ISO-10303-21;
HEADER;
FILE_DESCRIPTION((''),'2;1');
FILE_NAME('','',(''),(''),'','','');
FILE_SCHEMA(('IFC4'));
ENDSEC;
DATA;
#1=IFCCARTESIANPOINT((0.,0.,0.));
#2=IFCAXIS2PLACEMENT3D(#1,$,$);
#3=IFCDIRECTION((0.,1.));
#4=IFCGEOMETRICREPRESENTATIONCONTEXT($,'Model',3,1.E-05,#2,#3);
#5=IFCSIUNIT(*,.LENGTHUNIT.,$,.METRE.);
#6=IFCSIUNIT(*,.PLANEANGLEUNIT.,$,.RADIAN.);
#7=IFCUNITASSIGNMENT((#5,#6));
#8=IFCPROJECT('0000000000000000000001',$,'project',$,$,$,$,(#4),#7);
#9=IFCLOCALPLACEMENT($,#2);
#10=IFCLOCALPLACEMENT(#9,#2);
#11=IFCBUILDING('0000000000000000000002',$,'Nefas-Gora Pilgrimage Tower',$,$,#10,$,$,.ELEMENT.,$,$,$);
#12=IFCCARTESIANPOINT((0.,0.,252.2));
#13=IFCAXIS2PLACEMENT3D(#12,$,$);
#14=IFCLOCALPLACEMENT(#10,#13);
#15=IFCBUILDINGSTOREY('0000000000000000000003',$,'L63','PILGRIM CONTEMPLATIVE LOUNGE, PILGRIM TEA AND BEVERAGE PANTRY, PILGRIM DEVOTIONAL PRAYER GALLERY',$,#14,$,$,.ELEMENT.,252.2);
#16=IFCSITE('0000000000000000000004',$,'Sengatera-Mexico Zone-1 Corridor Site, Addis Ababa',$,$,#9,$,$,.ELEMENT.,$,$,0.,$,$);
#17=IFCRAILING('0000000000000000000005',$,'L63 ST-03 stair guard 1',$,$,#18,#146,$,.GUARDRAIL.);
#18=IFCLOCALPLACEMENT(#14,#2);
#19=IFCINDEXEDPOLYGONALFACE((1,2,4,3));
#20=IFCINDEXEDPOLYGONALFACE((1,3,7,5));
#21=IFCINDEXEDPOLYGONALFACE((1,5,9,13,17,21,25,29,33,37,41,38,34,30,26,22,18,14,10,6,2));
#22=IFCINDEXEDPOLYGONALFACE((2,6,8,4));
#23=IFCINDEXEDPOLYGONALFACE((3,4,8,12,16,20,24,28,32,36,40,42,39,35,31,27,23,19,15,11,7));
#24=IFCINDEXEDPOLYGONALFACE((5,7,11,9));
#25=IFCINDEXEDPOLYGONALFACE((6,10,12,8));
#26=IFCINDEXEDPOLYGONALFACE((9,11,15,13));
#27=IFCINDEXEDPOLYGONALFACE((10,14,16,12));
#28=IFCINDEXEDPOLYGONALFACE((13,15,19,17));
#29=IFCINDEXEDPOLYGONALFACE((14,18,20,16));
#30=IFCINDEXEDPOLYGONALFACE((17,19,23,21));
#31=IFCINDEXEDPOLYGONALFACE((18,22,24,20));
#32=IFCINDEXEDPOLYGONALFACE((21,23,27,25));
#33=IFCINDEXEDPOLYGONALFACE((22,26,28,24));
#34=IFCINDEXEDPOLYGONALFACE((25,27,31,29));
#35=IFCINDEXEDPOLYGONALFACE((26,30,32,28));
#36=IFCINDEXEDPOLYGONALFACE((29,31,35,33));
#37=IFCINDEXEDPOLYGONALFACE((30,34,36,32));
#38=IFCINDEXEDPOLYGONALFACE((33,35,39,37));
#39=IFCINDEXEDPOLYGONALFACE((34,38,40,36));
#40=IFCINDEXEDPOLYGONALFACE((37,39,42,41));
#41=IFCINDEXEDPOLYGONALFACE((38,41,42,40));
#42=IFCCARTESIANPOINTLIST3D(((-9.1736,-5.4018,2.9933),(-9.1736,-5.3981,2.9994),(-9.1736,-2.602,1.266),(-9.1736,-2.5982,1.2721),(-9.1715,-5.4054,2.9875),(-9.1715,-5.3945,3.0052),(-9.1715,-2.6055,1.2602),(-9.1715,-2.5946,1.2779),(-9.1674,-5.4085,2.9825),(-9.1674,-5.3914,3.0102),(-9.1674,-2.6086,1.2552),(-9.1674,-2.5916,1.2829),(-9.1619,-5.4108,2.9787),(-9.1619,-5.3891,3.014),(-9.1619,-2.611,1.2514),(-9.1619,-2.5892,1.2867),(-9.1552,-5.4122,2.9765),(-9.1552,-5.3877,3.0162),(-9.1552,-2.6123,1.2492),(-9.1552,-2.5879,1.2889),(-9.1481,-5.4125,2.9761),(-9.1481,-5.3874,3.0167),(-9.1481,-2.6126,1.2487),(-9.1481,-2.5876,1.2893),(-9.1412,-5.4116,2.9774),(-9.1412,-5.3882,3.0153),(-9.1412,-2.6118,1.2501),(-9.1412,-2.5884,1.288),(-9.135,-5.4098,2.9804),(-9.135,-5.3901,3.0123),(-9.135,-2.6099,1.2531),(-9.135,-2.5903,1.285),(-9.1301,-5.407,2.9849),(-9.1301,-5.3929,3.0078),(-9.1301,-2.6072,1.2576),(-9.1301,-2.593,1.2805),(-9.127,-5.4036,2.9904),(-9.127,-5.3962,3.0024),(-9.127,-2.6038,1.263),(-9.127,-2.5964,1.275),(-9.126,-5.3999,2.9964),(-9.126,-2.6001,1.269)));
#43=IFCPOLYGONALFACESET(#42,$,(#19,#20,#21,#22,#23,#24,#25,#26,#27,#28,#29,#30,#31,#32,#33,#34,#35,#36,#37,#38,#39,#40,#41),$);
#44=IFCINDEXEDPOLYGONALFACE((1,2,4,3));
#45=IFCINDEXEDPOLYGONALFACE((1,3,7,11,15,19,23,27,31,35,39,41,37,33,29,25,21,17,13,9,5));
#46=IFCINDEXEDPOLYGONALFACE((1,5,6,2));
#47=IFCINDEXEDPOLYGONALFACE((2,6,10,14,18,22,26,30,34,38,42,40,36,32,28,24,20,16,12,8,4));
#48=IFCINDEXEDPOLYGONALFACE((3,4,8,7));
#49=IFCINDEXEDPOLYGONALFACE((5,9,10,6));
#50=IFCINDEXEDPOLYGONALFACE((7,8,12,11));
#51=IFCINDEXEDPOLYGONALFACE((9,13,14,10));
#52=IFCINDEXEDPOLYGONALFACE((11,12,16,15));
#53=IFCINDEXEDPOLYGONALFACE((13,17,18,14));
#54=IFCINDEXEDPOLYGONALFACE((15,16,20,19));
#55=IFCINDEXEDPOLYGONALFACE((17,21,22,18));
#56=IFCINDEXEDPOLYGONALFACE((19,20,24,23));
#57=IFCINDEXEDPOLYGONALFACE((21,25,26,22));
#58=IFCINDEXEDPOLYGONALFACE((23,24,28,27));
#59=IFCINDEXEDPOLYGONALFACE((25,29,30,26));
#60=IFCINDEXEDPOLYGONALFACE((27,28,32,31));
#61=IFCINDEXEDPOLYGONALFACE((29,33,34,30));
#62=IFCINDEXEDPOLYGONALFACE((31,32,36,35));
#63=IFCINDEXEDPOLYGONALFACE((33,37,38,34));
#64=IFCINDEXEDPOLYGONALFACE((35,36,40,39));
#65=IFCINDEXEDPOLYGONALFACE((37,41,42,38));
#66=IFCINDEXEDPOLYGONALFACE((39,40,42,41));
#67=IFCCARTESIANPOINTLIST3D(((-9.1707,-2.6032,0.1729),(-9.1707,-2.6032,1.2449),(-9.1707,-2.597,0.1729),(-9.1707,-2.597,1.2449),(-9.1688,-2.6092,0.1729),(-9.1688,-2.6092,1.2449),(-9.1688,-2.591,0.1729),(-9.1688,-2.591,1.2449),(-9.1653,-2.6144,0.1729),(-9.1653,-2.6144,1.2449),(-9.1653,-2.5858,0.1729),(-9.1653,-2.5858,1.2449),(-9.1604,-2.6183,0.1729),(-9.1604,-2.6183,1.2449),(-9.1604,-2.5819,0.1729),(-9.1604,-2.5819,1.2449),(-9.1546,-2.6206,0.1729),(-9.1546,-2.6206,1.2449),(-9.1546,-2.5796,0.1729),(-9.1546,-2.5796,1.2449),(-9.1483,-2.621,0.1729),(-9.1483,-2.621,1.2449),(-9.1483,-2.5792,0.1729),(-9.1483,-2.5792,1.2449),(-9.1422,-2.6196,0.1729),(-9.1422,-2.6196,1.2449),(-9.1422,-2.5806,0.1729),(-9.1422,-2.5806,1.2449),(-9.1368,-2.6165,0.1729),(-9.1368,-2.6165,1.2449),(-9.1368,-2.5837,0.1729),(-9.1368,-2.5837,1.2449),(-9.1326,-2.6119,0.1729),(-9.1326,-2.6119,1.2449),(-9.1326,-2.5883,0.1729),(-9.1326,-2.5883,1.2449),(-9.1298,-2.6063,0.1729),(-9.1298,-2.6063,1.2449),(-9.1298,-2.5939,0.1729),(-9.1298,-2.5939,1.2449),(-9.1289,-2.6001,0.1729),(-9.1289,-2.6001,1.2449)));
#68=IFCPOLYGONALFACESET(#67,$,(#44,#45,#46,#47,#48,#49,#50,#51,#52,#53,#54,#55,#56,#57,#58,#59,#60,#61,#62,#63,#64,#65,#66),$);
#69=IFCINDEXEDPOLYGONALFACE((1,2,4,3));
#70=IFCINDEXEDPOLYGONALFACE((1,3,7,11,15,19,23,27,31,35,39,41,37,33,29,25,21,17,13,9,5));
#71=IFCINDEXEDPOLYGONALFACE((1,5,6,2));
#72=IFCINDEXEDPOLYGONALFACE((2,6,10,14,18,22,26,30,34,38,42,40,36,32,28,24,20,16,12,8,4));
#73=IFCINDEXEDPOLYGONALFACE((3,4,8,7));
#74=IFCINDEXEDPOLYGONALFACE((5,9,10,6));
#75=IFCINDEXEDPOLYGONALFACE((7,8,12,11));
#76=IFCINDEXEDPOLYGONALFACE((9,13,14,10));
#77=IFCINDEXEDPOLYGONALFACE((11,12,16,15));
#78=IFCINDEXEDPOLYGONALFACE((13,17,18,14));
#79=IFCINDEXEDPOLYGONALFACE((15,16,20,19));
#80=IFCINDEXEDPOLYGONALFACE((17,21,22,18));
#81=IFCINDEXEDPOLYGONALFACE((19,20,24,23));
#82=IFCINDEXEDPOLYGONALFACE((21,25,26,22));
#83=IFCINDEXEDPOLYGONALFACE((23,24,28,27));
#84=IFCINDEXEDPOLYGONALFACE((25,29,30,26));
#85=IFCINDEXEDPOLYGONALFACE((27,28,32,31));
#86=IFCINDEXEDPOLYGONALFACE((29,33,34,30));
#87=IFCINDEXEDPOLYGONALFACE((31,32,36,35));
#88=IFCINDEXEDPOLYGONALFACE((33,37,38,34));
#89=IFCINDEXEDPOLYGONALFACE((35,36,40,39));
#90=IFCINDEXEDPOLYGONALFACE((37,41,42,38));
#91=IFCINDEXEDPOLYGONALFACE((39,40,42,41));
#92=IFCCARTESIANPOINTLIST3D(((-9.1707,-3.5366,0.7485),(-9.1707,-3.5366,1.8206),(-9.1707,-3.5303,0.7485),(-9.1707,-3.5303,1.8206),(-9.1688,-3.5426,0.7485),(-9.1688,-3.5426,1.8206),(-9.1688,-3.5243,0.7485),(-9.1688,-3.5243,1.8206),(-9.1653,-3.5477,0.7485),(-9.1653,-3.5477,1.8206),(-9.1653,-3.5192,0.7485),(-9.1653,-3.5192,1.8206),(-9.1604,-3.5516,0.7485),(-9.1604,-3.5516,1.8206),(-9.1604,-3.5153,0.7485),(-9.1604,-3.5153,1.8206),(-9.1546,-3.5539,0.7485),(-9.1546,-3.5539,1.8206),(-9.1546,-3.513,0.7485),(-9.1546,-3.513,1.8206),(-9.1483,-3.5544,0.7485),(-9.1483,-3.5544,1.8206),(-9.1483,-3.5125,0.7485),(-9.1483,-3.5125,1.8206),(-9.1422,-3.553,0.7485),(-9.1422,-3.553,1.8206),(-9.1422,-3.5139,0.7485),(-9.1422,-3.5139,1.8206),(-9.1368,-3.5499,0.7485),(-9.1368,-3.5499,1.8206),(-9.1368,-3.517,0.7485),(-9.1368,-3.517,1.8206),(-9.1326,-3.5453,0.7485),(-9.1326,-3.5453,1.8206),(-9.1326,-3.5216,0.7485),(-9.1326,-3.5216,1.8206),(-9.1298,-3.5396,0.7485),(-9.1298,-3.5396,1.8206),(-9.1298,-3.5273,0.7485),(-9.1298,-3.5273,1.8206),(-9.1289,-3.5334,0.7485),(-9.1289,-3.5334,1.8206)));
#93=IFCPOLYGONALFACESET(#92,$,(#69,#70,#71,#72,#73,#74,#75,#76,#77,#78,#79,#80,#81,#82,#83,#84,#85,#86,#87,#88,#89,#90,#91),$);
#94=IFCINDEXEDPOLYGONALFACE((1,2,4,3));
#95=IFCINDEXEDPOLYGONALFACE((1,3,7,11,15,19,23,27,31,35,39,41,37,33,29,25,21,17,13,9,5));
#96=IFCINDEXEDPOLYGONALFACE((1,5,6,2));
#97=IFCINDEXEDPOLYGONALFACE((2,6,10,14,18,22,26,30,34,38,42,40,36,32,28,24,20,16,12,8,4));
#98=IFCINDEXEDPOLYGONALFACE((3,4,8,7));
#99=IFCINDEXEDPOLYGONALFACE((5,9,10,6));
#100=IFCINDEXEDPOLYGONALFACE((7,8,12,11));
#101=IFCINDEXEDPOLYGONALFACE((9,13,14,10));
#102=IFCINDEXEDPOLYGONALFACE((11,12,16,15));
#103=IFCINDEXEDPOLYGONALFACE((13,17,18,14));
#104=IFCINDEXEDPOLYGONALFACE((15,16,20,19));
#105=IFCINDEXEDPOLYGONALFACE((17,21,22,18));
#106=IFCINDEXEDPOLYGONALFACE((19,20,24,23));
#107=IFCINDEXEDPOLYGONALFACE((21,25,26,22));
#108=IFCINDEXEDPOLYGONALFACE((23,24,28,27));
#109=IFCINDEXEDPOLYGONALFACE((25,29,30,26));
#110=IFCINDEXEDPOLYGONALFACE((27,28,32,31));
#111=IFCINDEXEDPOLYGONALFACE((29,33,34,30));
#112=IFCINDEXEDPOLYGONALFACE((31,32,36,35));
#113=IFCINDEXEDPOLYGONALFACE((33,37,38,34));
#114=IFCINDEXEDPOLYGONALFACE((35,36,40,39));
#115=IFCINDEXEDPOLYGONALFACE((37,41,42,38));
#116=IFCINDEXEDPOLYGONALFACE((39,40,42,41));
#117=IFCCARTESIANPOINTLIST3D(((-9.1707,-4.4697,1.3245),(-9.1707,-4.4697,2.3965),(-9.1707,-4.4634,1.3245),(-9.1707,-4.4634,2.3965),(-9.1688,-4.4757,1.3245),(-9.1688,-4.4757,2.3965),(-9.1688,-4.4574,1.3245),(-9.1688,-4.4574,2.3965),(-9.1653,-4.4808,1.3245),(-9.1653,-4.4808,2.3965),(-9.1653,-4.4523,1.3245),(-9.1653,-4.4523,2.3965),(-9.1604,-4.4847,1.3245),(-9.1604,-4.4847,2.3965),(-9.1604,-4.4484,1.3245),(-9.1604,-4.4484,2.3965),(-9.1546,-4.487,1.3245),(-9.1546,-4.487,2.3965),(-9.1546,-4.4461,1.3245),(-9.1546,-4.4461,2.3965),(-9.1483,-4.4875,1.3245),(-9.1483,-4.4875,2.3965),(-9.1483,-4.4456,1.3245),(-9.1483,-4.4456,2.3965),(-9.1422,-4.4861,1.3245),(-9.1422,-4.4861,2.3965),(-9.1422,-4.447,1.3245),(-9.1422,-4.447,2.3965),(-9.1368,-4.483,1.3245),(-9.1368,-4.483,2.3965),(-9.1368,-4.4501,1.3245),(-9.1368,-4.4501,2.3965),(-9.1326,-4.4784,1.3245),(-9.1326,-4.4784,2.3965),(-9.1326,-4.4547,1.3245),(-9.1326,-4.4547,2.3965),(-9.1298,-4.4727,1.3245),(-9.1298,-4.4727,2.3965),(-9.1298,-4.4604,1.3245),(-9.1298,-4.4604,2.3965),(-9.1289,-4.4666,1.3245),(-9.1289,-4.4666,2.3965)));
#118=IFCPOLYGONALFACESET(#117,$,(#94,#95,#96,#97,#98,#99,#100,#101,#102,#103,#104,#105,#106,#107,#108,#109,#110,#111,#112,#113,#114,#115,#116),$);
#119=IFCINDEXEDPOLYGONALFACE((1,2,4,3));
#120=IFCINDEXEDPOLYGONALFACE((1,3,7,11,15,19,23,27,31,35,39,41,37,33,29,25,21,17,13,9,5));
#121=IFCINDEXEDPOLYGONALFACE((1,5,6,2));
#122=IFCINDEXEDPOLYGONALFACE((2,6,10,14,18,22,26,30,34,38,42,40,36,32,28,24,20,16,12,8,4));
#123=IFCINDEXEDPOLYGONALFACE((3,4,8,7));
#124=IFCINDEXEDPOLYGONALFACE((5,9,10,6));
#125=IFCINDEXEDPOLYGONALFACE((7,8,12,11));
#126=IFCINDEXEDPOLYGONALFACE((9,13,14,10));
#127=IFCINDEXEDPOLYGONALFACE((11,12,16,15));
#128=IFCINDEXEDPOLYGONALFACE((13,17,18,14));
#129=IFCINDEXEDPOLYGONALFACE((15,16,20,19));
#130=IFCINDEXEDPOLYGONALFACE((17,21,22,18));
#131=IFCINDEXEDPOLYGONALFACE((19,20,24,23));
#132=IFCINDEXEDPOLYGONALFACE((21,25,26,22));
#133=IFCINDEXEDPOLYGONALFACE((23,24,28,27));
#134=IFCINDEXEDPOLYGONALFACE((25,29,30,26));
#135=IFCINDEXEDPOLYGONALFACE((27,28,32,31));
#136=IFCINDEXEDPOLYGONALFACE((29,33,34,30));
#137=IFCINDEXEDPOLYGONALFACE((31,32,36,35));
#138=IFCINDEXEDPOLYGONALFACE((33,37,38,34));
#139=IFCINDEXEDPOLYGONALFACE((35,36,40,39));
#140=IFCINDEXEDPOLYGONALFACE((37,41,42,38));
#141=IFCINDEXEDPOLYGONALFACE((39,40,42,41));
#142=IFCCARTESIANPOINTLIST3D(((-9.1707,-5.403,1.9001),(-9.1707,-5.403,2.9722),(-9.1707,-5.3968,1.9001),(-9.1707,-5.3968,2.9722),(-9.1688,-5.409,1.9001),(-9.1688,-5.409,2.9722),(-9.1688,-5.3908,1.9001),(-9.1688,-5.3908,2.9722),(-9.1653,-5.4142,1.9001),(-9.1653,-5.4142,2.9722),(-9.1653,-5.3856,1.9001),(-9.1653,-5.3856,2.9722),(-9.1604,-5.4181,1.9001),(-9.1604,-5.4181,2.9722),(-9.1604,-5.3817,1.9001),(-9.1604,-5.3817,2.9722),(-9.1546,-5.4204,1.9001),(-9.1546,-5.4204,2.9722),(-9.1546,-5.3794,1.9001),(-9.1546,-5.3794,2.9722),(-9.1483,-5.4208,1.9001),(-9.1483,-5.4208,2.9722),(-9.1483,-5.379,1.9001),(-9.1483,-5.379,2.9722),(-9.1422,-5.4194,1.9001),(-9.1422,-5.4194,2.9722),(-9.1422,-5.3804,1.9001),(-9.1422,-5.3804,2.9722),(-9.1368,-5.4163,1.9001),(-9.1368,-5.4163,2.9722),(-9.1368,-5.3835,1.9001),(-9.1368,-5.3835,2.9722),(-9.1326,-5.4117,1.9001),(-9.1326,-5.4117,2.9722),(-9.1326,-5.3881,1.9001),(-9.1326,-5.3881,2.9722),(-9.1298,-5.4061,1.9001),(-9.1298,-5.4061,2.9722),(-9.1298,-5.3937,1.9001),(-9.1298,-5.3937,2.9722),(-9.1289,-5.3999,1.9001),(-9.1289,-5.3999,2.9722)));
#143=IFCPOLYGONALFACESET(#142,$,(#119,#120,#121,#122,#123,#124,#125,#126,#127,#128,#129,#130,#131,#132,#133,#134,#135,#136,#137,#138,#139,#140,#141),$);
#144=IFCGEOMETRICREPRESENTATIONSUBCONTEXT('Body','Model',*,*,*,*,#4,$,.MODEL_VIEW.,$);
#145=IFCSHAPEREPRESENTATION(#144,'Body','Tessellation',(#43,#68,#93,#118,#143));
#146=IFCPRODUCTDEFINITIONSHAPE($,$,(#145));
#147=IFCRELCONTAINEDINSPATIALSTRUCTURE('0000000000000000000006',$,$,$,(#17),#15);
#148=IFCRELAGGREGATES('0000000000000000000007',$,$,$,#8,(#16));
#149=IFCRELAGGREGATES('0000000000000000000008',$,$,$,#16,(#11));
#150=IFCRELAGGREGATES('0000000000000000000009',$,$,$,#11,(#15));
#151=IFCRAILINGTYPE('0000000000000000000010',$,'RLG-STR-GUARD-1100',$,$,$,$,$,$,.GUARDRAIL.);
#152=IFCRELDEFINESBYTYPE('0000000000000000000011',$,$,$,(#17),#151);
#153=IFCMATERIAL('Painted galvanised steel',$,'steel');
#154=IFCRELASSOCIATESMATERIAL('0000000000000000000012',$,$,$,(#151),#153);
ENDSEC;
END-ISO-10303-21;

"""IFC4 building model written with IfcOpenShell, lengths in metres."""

from ifc_helpers import new_model, si_unit, direction, frame, origin, origin_2d, place, context, subcontext, project, spatial, circle, extrude, material, type_object, element, save


model = new_model("IFC4")

# Units and contexts
model_context = context("Model", 3, precision=1e-05, world=origin(), true_north=direction((0.0, 1.0)))
body_context = subcontext(model_context, "Body", "Model", "MODEL_VIEW")
ifc_project = project(units=[si_unit("LENGTHUNIT", "METRE"), si_unit("PLANEANGLEUNIT", "RADIAN")], contexts=[model_context])

# Site, building, storey
site_placement = place(None, origin())
site = spatial("IfcSite", under=ifc_project, at=site_placement, Name="Sengatera-Mexico Zone-1 Corridor Site, Addis Ababa", CompositionType="ELEMENT", RefElevation=0.0)
building_placement = place(site_placement, origin())
building = spatial("IfcBuilding", under=site, at=building_placement, Name="Nefas-Gora Pilgrimage Tower", CompositionType="ELEMENT")
storey_placement = place(building_placement, frame((0.0, 0.0, 252.2)))
storey = spatial("IfcBuildingStorey", under=building, at=storey_placement, Name="L63", Description="PILGRIM CONTEMPLATIVE LOUNGE, PILGRIM TEA AND BEVERAGE PANTRY, PILGRIM DEVOTIONAL PRAYER GALLERY", CompositionType="ELEMENT", Elevation=252.2)

# Railing
ifc_material_1 = material(Name="Painted galvanised steel", Category="steel")
railing_type_1 = type_object("IfcRailingType", Name="RLG-STR-GUARD-1100", PredefinedType="GUARDRAIL", material=ifc_material_1)
railing_1_placement = place(storey_placement, frame((-9.1499, -2.6001, 0.1729)))
element("IfcRailing", 1, at=railing_1_placement, inside=storey, type_object=railing_type_1, Name="L63 ST-03 stair guard 1", PredefinedType="GUARDRAIL", context=body_context, shape_type="SweptSolid", body=[
    extrude(circle(Radius=0.0239, at=origin_2d()), frame((0.0, 0.0, 1.0962), z_axis=(0.0, -0.851069, 0.525054), x_axis=(1.0, 0.0, 0.0)), (0.0, 0.0, 1.0), 3.2898),
    extrude(circle(Radius=0.021, at=origin_2d()), origin(), (0.0, 0.0, 1.0), 1.072),
    extrude(circle(Radius=0.021, at=origin_2d()), frame((0.0, -0.9333, 0.5757)), (0.0, 0.0, 1.0), 1.072),
    extrude(circle(Radius=0.021, at=origin_2d()), frame((0.0, -1.8665, 1.1516)), (0.0, 0.0, 1.0), 1.072),
    extrude(circle(Radius=0.021, at=origin_2d()), frame((0.0, -2.7998, 1.7273)), (0.0, 0.0, 1.0), 1.072),
])

save(model, "model.ifc")
